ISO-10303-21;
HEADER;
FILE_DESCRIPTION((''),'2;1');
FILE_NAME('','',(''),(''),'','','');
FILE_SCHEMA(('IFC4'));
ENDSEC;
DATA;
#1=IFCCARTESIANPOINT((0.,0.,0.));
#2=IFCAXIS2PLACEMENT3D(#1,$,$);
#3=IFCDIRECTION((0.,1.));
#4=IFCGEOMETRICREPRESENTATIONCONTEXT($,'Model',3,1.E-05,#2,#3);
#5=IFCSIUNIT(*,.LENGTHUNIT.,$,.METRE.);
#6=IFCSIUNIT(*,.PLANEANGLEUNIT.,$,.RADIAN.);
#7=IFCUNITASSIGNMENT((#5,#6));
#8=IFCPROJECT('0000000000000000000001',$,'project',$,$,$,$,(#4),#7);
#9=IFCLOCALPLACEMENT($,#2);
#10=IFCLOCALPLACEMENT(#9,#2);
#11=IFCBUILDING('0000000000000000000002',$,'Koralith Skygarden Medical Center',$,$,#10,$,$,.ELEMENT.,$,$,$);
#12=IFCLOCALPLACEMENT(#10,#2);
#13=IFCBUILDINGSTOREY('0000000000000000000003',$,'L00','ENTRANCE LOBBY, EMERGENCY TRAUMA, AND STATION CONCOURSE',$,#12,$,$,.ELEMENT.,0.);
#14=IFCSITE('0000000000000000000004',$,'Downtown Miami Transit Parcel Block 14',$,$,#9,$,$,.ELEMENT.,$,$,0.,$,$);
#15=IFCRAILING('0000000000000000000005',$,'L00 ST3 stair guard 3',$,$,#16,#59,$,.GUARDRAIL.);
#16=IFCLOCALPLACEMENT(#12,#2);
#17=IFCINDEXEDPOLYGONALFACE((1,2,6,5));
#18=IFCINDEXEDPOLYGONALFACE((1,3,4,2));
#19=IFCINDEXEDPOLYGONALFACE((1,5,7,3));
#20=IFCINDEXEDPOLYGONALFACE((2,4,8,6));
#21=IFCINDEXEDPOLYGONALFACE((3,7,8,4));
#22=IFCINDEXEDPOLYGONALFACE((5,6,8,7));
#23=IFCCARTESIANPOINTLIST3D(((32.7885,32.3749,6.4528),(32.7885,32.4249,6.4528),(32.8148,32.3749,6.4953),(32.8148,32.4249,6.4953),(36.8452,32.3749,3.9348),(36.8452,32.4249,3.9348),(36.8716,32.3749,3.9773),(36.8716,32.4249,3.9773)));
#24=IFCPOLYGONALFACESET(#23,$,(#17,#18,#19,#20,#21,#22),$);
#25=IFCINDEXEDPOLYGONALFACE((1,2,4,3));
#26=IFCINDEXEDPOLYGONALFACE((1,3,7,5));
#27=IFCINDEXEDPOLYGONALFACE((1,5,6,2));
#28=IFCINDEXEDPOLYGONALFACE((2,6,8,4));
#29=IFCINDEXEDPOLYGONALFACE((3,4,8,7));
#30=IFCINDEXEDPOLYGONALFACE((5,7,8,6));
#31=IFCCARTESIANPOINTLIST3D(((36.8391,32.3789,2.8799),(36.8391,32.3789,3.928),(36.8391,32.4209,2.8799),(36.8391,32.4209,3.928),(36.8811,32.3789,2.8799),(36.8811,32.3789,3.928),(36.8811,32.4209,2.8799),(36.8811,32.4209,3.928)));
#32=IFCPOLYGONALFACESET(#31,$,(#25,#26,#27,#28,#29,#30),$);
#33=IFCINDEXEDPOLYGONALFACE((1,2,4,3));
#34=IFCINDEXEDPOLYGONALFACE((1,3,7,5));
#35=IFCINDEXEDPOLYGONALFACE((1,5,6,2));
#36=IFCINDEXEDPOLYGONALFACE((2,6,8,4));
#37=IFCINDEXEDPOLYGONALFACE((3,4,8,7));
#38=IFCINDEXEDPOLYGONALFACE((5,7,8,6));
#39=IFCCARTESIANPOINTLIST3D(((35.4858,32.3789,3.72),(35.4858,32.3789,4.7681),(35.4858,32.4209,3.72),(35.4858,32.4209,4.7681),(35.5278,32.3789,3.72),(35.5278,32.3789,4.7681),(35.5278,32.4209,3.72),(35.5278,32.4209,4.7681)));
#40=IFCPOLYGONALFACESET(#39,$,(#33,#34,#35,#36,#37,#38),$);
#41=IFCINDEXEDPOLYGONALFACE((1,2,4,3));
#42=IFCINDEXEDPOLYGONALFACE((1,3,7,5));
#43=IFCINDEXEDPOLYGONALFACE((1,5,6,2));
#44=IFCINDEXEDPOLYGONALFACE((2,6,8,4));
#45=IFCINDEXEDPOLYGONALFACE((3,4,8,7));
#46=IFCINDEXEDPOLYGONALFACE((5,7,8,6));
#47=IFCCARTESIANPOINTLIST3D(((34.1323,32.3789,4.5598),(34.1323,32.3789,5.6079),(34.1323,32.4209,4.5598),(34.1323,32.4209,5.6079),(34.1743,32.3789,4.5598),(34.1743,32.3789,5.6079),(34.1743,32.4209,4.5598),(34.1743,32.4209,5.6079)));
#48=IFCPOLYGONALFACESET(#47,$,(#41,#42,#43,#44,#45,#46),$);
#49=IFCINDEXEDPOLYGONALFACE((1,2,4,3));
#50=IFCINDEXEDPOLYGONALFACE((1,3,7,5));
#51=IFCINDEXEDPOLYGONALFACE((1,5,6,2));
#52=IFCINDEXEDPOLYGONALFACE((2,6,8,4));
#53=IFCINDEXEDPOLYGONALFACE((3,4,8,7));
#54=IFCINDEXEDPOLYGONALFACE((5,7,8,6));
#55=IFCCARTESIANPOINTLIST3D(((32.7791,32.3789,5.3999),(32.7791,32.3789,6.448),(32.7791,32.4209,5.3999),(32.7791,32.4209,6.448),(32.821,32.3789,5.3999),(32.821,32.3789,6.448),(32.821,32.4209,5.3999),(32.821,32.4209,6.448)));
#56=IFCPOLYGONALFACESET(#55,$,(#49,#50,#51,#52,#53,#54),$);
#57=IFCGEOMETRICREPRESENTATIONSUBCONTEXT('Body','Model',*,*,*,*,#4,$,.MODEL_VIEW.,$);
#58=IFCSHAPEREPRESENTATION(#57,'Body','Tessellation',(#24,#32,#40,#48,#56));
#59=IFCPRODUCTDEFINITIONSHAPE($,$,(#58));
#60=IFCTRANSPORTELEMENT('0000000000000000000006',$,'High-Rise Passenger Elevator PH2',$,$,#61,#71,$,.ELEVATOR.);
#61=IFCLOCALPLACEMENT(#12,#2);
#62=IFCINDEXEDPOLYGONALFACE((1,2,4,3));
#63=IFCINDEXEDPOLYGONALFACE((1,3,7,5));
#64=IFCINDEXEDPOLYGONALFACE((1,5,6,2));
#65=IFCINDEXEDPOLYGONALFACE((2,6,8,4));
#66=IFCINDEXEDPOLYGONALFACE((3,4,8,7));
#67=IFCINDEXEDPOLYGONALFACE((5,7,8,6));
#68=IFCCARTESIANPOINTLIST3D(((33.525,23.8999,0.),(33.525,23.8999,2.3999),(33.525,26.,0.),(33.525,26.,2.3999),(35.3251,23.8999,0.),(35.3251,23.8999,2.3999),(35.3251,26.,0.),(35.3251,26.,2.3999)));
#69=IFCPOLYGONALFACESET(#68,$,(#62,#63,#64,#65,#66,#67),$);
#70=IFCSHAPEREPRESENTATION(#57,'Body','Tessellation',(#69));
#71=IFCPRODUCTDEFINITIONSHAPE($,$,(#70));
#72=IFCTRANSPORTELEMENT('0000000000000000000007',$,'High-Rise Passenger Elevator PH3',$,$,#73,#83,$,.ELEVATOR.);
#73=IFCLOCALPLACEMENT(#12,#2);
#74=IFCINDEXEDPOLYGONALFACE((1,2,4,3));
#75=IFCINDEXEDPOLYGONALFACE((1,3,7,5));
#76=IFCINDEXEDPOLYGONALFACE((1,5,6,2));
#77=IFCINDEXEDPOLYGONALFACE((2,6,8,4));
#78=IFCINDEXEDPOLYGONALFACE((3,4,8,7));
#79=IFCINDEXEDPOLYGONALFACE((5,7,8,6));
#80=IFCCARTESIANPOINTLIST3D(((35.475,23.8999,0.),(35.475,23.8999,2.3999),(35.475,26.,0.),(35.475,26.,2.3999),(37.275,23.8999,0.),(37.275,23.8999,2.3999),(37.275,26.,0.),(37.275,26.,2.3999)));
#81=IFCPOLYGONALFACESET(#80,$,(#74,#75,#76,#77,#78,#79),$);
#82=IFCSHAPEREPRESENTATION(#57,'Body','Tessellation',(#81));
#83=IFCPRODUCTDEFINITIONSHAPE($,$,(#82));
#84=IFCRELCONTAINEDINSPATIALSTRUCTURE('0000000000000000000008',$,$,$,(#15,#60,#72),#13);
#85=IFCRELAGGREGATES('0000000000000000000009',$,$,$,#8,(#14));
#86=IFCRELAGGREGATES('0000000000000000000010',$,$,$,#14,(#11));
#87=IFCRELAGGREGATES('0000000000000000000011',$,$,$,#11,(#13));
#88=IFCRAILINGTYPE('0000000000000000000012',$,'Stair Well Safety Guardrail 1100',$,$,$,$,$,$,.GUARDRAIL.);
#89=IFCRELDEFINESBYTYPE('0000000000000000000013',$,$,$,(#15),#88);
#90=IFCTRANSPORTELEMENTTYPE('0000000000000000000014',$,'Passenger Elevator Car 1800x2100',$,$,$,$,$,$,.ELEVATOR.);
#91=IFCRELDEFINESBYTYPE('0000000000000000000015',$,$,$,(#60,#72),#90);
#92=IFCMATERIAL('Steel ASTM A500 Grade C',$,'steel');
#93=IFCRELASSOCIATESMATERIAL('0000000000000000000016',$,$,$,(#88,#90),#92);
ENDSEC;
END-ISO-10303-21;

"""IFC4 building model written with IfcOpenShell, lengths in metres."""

from ifc_helpers import new_model, si_unit, direction, frame, origin, origin_2d, place, context, subcontext, project, spatial, rectangle, extrude, material, type_object, element, save


model = new_model("IFC4")

# Units and contexts
model_context = context("Model", 3, precision=1e-05, world=origin(), true_north=direction((0.0, 1.0)))
body_context = subcontext(model_context, "Body", "Model", "MODEL_VIEW")
ifc_project = project(units=[si_unit("LENGTHUNIT", "METRE"), si_unit("PLANEANGLEUNIT", "RADIAN")], contexts=[model_context])

# Site, building, storey
site_placement = place(None, origin())
site = spatial("IfcSite", under=ifc_project, at=site_placement, Name="Downtown Miami Transit Parcel Block 14", CompositionType="ELEMENT", RefElevation=0.0)
building_placement = place(site_placement, origin())
building = spatial("IfcBuilding", under=site, at=building_placement, Name="Koralith Skygarden Medical Center", CompositionType="ELEMENT")
storey_placement = place(building_placement, origin())
storey = spatial("IfcBuildingStorey", under=building, at=storey_placement, Name="L00", Description="ENTRANCE LOBBY, EMERGENCY TRAUMA, AND STATION CONCOURSE", CompositionType="ELEMENT", Elevation=0.0)

# Shared definitions
ifc_material_1 = material(Name="Steel ASTM A500 Grade C", Category="steel")

# Railing
railing_type_1 = type_object("IfcRailingType", Name="Stair Well Safety Guardrail 1100", PredefinedType="GUARDRAIL", material=ifc_material_1)
railing_1_placement = place(storey_placement, frame((36.8601, 32.3999, 2.8799)))
element("IfcRailing", 1, at=railing_1_placement, inside=storey, type_object=railing_type_1, Name="L00 ST3 stair guard 3", PredefinedType="GUARDRAIL", context=body_context, shape_type="SweptSolid", body=[
    extrude(rectangle(XDim=0.05, YDim=0.05, at=origin_2d()), frame((-0.0017, 0.0, 1.0762), z_axis=(-0.849642, 0.0, 0.52736), x_axis=(0.0, -1.0, 0.0)), (0.0, 0.0, 1.0), 4.7747),
    extrude(rectangle(XDim=0.042, YDim=0.042, at=origin_2d()), origin(), (0.0, 0.0, 1.0), 1.0481),
    extrude(rectangle(XDim=0.042, YDim=0.042, at=origin_2d()), frame((-1.3533, 0.0, 0.8401)), (0.0, 0.0, 1.0), 1.0481),
    extrude(rectangle(XDim=0.042, YDim=0.042, at=origin_2d()), frame((-2.7068, 0.0, 1.6799)), (0.0, 0.0, 1.0), 1.0481),
    extrude(rectangle(XDim=0.042, YDim=0.042, at=origin_2d()), frame((-4.0601, 0.0, 2.52)), (0.0, 0.0, 1.0), 1.0481),
])

# Transport elements
transport_element_type = type_object("IfcTransportElementType", Name="Passenger Elevator Car 1800x2100", PredefinedType="ELEVATOR", material=ifc_material_1)
for number, where, z_axis, x_axis, name in (
    (2, (34.425, 24.95, 0.0), (0.0, 0.0, 1.0), (1.0, 0.0, 0.0), "High-Rise Passenger Elevator PH2"),
    (3, (36.375, 24.95, 0.0), (0.0, 0.0, 1.0), (1.0, 0.0, 0.0), "High-Rise Passenger Elevator PH3"),
):
    element("IfcTransportElement", number, at=place(storey_placement, frame(where, z_axis=z_axis, x_axis=x_axis)), inside=storey, type_object=transport_element_type, Name=name, PredefinedType="ELEVATOR", context=body_context, shape_type="SweptSolid", body=[
        extrude(rectangle(XDim=1.8, YDim=2.1001, at=origin_2d()), origin(), (0.0, 0.0, 1.0), 2.3999),
    ])

save(model, "model.ifc")
